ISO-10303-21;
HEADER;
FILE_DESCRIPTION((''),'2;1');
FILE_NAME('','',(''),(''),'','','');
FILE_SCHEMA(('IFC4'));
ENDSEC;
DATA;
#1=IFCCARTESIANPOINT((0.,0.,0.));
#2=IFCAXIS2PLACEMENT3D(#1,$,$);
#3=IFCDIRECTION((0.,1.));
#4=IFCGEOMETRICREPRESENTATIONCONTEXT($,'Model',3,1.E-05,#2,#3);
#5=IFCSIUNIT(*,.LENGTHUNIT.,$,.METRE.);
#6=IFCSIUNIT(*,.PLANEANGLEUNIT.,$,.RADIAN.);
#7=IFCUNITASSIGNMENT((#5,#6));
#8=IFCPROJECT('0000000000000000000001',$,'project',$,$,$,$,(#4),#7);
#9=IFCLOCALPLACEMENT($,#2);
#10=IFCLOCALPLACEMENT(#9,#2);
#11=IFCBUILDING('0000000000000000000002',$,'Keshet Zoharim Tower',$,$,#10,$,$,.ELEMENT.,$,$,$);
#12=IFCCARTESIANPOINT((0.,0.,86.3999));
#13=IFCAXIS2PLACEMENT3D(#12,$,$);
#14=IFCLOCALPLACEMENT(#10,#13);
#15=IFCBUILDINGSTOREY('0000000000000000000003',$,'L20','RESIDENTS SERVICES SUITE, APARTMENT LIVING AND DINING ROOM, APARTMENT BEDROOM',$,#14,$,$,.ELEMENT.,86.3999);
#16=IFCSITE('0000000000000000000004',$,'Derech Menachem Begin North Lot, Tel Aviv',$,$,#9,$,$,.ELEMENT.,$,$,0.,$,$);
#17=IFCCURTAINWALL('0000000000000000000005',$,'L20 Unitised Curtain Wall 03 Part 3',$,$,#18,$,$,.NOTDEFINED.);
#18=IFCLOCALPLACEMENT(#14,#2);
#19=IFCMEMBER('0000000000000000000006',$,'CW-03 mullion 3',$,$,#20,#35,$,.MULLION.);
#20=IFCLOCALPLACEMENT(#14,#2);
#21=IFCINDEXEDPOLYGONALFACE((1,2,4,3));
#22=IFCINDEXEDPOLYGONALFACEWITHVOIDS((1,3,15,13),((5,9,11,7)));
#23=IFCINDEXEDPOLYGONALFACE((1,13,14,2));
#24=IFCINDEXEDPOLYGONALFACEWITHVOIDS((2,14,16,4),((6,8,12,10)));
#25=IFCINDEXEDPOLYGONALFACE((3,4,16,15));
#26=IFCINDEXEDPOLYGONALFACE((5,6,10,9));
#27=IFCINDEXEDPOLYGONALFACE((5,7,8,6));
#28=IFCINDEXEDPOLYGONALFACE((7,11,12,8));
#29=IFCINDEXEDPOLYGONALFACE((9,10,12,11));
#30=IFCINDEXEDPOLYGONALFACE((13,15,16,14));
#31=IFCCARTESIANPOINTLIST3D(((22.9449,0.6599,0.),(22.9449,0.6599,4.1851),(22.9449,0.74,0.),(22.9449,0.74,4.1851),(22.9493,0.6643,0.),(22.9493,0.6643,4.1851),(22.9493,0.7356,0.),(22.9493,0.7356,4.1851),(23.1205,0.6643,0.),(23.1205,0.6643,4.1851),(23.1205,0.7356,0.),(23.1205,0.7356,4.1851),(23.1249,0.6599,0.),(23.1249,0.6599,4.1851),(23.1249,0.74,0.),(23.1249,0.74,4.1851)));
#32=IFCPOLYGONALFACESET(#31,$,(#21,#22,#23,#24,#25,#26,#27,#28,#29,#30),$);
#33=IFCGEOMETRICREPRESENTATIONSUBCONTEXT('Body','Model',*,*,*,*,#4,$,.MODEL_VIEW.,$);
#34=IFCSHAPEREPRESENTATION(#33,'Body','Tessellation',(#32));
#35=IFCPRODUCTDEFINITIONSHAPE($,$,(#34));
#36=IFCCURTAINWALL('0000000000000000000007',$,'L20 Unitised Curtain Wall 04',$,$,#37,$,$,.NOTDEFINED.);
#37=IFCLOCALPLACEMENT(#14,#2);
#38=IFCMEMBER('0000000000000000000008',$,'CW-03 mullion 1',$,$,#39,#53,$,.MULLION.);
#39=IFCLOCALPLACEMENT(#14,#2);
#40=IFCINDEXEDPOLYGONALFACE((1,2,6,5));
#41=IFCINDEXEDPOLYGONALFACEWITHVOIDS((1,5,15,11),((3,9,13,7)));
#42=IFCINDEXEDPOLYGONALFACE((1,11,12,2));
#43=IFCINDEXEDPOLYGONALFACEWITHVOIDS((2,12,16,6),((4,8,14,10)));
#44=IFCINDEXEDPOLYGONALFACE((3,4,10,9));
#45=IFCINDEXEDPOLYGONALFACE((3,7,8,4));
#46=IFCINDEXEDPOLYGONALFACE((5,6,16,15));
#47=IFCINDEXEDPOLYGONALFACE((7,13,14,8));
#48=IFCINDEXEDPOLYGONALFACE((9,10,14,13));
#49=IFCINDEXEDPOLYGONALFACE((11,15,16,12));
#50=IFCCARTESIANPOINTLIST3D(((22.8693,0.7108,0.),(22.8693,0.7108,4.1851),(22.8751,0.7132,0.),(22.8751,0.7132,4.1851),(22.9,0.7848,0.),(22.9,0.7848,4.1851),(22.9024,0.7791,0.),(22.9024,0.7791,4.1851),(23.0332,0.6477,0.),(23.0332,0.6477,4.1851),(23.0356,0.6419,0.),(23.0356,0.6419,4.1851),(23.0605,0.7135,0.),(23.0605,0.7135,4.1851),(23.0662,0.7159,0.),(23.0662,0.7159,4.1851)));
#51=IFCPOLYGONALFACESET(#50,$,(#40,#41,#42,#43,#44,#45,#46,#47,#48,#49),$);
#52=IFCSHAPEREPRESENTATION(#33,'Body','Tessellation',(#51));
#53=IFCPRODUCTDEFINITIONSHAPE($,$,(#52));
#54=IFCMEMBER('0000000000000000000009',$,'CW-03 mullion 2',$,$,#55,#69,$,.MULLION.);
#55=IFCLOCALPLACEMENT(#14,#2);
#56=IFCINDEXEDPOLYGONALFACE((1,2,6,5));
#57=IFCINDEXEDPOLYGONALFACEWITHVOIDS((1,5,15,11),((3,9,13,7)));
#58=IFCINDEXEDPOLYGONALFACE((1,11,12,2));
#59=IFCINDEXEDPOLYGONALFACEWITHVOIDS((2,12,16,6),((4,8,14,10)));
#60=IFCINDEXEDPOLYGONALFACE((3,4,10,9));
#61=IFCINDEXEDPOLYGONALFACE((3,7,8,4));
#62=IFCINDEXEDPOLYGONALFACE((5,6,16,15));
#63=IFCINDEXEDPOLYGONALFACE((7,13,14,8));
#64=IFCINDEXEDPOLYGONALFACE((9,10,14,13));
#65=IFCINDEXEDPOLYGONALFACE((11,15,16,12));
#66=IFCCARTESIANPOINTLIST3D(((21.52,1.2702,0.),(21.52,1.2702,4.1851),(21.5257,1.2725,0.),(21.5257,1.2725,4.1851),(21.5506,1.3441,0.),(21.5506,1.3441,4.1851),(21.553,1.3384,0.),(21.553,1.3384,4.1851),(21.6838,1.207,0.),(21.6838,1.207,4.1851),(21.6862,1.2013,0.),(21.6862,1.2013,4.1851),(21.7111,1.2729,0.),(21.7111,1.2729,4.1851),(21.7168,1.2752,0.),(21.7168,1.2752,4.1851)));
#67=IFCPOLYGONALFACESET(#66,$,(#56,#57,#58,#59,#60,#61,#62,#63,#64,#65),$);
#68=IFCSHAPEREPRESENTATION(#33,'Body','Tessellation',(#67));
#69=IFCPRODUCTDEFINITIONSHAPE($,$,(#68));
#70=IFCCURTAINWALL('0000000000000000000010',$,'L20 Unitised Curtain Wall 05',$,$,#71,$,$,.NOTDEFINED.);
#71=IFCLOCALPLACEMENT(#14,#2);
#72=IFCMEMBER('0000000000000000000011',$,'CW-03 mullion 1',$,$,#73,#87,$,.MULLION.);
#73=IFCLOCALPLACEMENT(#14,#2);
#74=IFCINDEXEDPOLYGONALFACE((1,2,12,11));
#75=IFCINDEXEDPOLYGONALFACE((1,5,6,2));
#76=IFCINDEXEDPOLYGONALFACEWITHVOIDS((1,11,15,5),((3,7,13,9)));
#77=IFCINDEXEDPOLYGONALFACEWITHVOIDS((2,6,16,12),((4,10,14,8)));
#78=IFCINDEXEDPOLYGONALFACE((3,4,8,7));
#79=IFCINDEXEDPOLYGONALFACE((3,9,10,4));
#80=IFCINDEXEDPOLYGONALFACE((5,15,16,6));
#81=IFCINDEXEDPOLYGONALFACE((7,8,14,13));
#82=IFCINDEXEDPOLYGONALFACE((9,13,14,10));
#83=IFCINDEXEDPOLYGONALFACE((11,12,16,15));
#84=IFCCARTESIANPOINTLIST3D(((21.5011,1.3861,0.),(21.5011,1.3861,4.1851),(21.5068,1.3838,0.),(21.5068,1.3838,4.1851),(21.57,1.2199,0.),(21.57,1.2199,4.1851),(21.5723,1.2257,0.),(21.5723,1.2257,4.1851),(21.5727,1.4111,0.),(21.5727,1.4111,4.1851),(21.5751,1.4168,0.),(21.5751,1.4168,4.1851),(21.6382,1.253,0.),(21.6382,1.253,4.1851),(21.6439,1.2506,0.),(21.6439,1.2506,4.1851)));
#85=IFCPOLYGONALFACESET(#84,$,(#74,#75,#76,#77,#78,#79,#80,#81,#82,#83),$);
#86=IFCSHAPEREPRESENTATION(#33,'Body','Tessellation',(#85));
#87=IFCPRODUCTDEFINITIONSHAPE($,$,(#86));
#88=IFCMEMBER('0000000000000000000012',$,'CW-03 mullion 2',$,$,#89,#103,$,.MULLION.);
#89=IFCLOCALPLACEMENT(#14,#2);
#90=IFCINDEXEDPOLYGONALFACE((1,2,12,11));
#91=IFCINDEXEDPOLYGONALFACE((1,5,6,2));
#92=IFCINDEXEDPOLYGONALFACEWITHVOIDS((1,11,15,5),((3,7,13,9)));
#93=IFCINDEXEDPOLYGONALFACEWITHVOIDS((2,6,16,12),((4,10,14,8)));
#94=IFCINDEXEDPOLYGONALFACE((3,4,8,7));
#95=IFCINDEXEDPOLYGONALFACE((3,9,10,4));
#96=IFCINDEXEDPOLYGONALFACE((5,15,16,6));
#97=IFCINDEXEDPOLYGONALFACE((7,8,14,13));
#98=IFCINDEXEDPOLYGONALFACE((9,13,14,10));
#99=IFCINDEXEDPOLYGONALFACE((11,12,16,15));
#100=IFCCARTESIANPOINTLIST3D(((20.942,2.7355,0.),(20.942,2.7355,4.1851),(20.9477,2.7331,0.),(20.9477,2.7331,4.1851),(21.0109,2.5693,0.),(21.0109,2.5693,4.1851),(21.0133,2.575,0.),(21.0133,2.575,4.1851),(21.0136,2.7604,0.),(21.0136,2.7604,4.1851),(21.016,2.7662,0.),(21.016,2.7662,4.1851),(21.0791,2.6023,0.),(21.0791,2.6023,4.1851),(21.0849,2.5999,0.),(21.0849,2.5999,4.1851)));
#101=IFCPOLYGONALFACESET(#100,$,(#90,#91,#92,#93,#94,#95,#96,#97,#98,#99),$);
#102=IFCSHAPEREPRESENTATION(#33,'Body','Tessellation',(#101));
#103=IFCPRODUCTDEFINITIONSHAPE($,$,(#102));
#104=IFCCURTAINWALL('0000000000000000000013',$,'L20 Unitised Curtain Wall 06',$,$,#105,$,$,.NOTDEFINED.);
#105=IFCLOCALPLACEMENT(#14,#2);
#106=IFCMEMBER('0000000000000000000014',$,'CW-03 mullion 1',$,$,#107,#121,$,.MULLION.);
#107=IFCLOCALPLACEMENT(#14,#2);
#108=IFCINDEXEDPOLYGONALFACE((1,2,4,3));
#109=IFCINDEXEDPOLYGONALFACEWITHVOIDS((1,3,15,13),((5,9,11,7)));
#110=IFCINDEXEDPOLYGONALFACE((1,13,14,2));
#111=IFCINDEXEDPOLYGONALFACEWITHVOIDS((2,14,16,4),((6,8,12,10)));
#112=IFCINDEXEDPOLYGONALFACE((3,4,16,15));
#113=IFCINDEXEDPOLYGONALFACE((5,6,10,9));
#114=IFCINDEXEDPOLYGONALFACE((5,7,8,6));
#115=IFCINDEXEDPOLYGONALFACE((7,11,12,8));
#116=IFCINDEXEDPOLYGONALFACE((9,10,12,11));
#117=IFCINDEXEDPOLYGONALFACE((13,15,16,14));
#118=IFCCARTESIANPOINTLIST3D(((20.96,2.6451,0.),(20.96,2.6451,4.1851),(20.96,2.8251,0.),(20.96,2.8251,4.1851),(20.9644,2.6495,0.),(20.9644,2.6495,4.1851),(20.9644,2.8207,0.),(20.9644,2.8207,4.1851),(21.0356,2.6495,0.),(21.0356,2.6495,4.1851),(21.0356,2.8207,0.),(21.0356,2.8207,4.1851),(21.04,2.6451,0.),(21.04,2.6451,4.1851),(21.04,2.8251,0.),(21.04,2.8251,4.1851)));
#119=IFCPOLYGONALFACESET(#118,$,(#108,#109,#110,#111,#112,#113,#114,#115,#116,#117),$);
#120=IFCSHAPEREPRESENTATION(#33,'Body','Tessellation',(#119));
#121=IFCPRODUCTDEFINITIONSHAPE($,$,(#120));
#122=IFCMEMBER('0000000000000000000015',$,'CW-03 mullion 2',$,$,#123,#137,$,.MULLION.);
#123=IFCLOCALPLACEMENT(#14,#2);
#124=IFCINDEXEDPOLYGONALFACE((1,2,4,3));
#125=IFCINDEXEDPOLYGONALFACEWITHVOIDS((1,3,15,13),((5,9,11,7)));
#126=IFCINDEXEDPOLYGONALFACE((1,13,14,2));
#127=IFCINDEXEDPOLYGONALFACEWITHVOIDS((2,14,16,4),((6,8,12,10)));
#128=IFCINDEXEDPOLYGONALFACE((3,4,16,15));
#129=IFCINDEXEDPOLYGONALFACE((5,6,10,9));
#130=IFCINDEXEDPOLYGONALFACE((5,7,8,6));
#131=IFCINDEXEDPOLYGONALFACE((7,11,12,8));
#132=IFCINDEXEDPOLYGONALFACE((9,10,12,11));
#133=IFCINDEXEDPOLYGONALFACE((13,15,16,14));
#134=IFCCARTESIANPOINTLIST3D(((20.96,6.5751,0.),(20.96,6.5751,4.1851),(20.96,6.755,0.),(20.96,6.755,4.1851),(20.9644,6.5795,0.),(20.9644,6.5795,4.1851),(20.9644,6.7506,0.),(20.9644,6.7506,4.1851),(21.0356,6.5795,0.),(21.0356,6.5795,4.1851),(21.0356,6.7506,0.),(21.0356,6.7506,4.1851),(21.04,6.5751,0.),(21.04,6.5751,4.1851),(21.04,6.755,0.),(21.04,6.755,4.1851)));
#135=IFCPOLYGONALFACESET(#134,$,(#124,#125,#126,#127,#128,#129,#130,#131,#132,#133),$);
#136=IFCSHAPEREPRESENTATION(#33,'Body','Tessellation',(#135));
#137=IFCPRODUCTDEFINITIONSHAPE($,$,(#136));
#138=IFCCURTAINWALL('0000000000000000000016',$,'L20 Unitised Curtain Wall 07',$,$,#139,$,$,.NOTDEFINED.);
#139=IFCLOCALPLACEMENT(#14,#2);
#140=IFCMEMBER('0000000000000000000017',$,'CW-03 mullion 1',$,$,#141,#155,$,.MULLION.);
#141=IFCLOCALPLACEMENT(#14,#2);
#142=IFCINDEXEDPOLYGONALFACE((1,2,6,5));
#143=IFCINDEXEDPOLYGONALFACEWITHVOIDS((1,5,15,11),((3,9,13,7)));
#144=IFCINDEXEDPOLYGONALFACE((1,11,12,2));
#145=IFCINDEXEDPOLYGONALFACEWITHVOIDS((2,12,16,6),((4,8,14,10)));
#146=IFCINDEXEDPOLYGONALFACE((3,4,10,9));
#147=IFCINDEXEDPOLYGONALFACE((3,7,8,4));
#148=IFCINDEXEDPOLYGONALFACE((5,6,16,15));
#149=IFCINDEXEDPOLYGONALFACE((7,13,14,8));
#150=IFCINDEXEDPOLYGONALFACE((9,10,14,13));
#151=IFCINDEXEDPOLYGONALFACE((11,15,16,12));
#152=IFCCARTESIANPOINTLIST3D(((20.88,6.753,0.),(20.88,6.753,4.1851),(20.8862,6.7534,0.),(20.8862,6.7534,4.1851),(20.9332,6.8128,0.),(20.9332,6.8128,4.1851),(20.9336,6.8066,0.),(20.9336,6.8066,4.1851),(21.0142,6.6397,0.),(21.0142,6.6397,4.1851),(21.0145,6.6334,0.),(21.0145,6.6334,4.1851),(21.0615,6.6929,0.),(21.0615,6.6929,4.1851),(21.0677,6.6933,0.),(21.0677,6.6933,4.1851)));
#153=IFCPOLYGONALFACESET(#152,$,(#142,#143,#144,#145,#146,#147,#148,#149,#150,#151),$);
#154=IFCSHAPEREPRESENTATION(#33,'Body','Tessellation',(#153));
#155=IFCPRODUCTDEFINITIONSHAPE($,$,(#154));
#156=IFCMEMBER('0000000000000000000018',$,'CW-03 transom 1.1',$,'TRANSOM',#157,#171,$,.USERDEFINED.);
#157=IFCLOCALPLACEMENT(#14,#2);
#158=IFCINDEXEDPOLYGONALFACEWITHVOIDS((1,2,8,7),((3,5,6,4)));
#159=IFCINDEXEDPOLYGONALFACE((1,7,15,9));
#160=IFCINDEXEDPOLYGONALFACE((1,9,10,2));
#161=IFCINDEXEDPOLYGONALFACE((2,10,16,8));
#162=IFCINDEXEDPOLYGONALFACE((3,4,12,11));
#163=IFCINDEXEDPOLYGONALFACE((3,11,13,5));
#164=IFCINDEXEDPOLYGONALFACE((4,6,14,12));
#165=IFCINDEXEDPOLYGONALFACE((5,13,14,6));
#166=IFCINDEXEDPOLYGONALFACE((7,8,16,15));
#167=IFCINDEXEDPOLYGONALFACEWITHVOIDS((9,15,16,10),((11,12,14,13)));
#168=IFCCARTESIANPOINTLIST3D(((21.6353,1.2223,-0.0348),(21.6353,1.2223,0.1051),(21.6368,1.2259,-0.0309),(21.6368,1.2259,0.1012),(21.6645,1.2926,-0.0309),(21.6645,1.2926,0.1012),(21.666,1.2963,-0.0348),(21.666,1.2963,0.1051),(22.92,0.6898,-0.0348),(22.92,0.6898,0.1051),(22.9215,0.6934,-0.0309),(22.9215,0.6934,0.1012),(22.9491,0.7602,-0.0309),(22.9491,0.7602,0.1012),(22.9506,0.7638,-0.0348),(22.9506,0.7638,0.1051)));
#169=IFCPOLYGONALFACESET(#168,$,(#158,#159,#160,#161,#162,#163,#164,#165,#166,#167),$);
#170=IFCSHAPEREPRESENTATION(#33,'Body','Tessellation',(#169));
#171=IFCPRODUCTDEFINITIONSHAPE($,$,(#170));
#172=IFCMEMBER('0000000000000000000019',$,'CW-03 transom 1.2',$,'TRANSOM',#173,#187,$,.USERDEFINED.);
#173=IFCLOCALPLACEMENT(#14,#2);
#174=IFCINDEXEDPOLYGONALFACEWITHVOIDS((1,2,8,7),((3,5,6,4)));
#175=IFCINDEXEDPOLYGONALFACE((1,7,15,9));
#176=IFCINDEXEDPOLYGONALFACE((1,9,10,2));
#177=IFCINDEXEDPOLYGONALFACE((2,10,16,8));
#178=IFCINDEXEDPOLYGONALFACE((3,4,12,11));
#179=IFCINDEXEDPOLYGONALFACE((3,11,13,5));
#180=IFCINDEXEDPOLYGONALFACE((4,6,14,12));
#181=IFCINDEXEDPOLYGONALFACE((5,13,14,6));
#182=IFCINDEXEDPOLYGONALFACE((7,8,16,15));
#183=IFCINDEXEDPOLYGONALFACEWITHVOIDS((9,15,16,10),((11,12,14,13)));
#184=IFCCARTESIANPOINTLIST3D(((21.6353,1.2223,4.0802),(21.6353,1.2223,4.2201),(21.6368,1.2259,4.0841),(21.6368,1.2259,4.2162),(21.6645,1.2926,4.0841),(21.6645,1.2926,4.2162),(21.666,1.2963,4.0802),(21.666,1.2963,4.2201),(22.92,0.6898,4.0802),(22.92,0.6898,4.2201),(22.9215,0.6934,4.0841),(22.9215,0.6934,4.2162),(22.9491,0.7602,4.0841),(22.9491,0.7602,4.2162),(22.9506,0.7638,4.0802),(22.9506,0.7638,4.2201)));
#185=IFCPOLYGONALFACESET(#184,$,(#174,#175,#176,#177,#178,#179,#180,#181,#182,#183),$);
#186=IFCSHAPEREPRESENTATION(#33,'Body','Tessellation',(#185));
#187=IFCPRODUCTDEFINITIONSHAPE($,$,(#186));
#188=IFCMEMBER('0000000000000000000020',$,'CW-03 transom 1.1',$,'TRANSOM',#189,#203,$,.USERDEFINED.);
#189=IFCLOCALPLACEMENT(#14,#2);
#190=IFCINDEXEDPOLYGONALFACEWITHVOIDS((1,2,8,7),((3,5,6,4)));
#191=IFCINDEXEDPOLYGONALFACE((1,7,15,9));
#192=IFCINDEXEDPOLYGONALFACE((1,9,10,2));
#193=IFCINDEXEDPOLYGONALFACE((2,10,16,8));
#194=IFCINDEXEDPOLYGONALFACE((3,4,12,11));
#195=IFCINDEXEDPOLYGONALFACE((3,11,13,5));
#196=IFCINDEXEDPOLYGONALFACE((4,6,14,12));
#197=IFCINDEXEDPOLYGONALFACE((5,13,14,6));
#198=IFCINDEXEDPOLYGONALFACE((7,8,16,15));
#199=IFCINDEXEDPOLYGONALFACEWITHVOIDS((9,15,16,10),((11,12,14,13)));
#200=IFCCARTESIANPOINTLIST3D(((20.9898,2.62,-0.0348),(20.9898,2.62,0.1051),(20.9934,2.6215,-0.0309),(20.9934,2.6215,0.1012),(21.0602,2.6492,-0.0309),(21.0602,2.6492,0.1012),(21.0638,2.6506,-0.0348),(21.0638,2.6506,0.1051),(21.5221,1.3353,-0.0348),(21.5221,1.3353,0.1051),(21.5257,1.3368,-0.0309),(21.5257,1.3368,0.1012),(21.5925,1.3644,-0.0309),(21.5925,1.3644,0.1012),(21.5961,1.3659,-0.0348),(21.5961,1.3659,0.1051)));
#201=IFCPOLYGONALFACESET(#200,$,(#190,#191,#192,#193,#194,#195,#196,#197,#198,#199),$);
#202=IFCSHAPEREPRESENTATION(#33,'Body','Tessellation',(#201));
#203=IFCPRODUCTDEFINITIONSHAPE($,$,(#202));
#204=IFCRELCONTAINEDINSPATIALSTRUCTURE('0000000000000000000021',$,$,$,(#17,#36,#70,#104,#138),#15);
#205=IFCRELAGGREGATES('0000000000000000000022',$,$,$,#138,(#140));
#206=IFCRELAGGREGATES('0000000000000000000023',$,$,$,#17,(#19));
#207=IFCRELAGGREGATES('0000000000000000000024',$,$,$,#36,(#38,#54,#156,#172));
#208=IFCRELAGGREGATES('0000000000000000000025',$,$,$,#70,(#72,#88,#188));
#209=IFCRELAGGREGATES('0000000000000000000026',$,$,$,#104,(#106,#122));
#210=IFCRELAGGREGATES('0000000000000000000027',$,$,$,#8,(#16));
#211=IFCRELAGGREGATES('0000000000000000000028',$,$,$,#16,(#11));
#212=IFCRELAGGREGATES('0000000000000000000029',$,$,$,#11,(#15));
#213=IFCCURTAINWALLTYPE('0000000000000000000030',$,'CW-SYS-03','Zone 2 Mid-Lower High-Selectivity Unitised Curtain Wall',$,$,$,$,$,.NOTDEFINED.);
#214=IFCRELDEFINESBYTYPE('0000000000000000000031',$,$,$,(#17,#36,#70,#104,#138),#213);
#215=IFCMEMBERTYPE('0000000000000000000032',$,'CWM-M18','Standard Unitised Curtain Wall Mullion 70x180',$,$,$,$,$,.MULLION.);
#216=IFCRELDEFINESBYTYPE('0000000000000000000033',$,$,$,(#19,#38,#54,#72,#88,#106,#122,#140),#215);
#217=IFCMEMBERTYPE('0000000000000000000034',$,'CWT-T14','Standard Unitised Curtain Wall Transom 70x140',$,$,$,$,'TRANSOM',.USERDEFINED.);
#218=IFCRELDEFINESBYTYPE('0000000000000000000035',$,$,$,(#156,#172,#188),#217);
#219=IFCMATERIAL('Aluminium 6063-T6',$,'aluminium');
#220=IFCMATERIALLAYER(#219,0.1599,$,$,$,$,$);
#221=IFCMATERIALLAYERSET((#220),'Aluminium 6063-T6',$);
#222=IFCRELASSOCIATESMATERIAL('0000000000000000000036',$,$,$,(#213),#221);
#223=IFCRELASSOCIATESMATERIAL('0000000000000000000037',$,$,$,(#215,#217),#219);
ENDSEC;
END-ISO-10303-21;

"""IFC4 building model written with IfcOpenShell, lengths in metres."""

from ifc_helpers import new_model, si_unit, direction, frame, origin, origin_2d, place, context, subcontext, project, spatial, hollow_rectangle, extrude, material, layer, layer_set, material_profile, profile_set, type_object, element, aggregate, save


model = new_model("IFC4")

# Units and contexts
model_context = context("Model", 3, precision=1e-05, world=origin(), true_north=direction((0.0, 1.0)))
body_context = subcontext(model_context, "Body", "Model", "MODEL_VIEW")
ifc_project = project(units=[si_unit("LENGTHUNIT", "METRE"), si_unit("PLANEANGLEUNIT", "RADIAN")], contexts=[model_context])

# Site, building, storey
site_placement = place(None, origin())
site = spatial("IfcSite", under=ifc_project, at=site_placement, Name="Derech Menachem Begin North Lot, Tel Aviv", CompositionType="ELEMENT", RefElevation=0.0)
building_placement = place(site_placement, origin())
building = spatial("IfcBuilding", under=site, at=building_placement, Name="Keshet Zoharim Tower", CompositionType="ELEMENT")
storey_placement = place(building_placement, frame((0.0, 0.0, 86.3999)))
storey = spatial("IfcBuildingStorey", under=building, at=storey_placement, Name="L20", Description="RESIDENTS SERVICES SUITE, APARTMENT LIVING AND DINING ROOM, APARTMENT BEDROOM", CompositionType="ELEMENT", Elevation=86.3999)

# Curtain wall, member
ifc_material_1 = material(Name="Aluminium 6063-T6", Category="aluminium")
ifc_layer_1 = layer(ifc_material_1, 0.1599)
ifc_layer_set_1 = layer_set([ifc_layer_1], Name="Aluminium 6063-T6")
curtain_wall_type = type_object("IfcCurtainWallType", Name="CW-SYS-03", Description="Zone 2 Mid-Lower High-Selectivity Unitised Curtain Wall", PredefinedType="NOTDEFINED", material=ifc_layer_set_1)
curtain_wall_1_placement = place(storey_placement, origin())
curtain_wall_1 = element("IfcCurtainWall", 1, at=curtain_wall_1_placement, inside=storey, type_object=curtain_wall_type, Name="L20 Unitised Curtain Wall 03 Part 3", PredefinedType="NOTDEFINED")
ifc_material_profile_1 = material_profile(ifc_material_1, hollow_rectangle(XDim=0.0801, YDim=0.1799, WallThickness=0.0044, at=origin_2d()), Name="MUL-80x180")
ifc_profile_set_1 = profile_set([ifc_material_profile_1], Name="Aluminium 6063-T6")
member_type_1 = type_object("IfcMemberType", Name="CWM-M18", Description="Standard Unitised Curtain Wall Mullion 70x180", PredefinedType="MULLION", material=ifc_profile_set_1)
member_1_placement = place(storey_placement, frame((23.0349, 0.7, 0.0), z_axis=(0.0, 0.0, 1.0), x_axis=(0.0, -1.0, 0.0)))
member_1 = element("IfcMember", 2, at=member_1_placement, type_object=member_type_1, Name="CW-03 mullion 3", PredefinedType="MULLION", context=body_context, shape_type="SweptSolid", body=[
    extrude(hollow_rectangle(XDim=0.0801, YDim=0.1799, WallThickness=0.0044, at=origin_2d()), origin(), (0.0, 0.0, 1.0), 4.1851),
])

# Curtain walls, members
curtain_wall_2_placement = place(storey_placement, origin())
curtain_wall_2 = element("IfcCurtainWall", 3, at=curtain_wall_2_placement, inside=storey, type_object=curtain_wall_type, Name="L20 Unitised Curtain Wall 04", PredefinedType="NOTDEFINED")
member_2_placement = place(storey_placement, frame((22.9678, 0.7134, 0.0), z_axis=(0.0, 0.0, 1.0), x_axis=(-0.382852, -0.92381, 0.0)))
member_2 = element("IfcMember", 4, at=member_2_placement, type_object=member_type_1, Name="CW-03 mullion 1", PredefinedType="MULLION", context=body_context, shape_type="SweptSolid", body=[
    extrude(hollow_rectangle(XDim=0.0801, YDim=0.1799, WallThickness=0.0044, at=origin_2d()), origin(), (0.0, 0.0, 1.0), 4.1851),
])
member_3_placement = place(storey_placement, frame((21.6184, 1.2727, 0.0), z_axis=(0.0, 0.0, 1.0), x_axis=(-0.382852, -0.92381, 0.0)))
member_3 = element("IfcMember", 5, at=member_3_placement, type_object=member_type_1, Name="CW-03 mullion 2", PredefinedType="MULLION", context=body_context, shape_type="SweptSolid", body=[
    extrude(hollow_rectangle(XDim=0.0801, YDim=0.1799, WallThickness=0.0044, at=origin_2d()), origin(), (0.0, 0.0, 1.0), 4.1851),
])
curtain_wall_3_placement = place(storey_placement, origin())
curtain_wall_3 = element("IfcCurtainWall", 6, at=curtain_wall_3_placement, inside=storey, type_object=curtain_wall_type, Name="L20 Unitised Curtain Wall 05", PredefinedType="NOTDEFINED")
member_4_placement = place(storey_placement, frame((21.5725, 1.3184, 0.0), z_axis=(0.0, 0.0, 1.0), x_axis=(-0.92381, -0.382852, 0.0)))
member_4 = element("IfcMember", 7, at=member_4_placement, type_object=member_type_1, Name="CW-03 mullion 1", PredefinedType="MULLION", context=body_context, shape_type="SweptSolid", body=[
    extrude(hollow_rectangle(XDim=0.0801, YDim=0.1799, WallThickness=0.0044, at=origin_2d()), origin(), (0.0, 0.0, 1.0), 4.1851),
])
member_5_placement = place(storey_placement, frame((21.0134, 2.6677, 0.0), z_axis=(0.0, 0.0, 1.0), x_axis=(-0.92381, -0.382852, 0.0)))
member_5 = element("IfcMember", 8, at=member_5_placement, type_object=member_type_1, Name="CW-03 mullion 2", PredefinedType="MULLION", context=body_context, shape_type="SweptSolid", body=[
    extrude(hollow_rectangle(XDim=0.0801, YDim=0.1799, WallThickness=0.0044, at=origin_2d()), origin(), (0.0, 0.0, 1.0), 4.1851),
])
curtain_wall_4_placement = place(storey_placement, origin())
curtain_wall_4 = element("IfcCurtainWall", 9, at=curtain_wall_4_placement, inside=storey, type_object=curtain_wall_type, Name="L20 Unitised Curtain Wall 06", PredefinedType="NOTDEFINED")
member_6_placement = place(storey_placement, frame((21.0, 2.7351, 0.0), z_axis=(0.0, 0.0, 1.0), x_axis=(-1.0, 0.0, 0.0)))
member_6 = element("IfcMember", 10, at=member_6_placement, type_object=member_type_1, Name="CW-03 mullion 1", PredefinedType="MULLION", context=body_context, shape_type="SweptSolid", body=[
    extrude(hollow_rectangle(XDim=0.0801, YDim=0.1799, WallThickness=0.0044, at=origin_2d()), origin(), (0.0, 0.0, 1.0), 4.1851),
])
member_7_placement = place(storey_placement, frame((21.0, 6.665, 0.0), z_axis=(0.0, 0.0, 1.0), x_axis=(-1.0, 0.0, 0.0)))
member_7 = element("IfcMember", 11, at=member_7_placement, type_object=member_type_1, Name="CW-03 mullion 2", PredefinedType="MULLION", context=body_context, shape_type="SweptSolid", body=[
    extrude(hollow_rectangle(XDim=0.0801, YDim=0.1799, WallThickness=0.0044, at=origin_2d()), origin(), (0.0, 0.0, 1.0), 4.1851),
])

# Curtain wall, member
curtain_wall_5_placement = place(storey_placement, origin())
curtain_wall_5 = element("IfcCurtainWall", 12, at=curtain_wall_5_placement, inside=storey, type_object=curtain_wall_type, Name="L20 Unitised Curtain Wall 07", PredefinedType="NOTDEFINED")
member_8_placement = place(storey_placement, frame((20.9739, 6.7231, 0.0), z_axis=(0.0, 0.0, 1.0), x_axis=(-0.66436, -0.747412, 0.0)))
member_8 = element("IfcMember", 13, at=member_8_placement, type_object=member_type_1, Name="CW-03 mullion 1", PredefinedType="MULLION", context=body_context, shape_type="SweptSolid", body=[
    extrude(hollow_rectangle(XDim=0.0801, YDim=0.1799, WallThickness=0.0044, at=origin_2d()), origin(), (0.0, 0.0, 1.0), 4.1851),
])

# Members
ifc_material_profile_2 = material_profile(ifc_material_1, hollow_rectangle(XDim=0.0801, YDim=0.1399, WallThickness=0.0039, at=origin_2d()), Name="TRN-80x140")
ifc_profile_set_2 = profile_set([ifc_material_profile_2], Name="Aluminium 6063-T6")
member_type_2 = type_object("IfcMemberType", Name="CWT-T14", Description="Standard Unitised Curtain Wall Transom 70x140", ElementType="TRANSOM", PredefinedType="USERDEFINED", material=ifc_profile_set_2)
member_9_placement = place(storey_placement, frame((22.9353, 0.7268, 0.0352), z_axis=(-0.923792, 0.382894, 0.0), x_axis=(-0.382894, -0.923792, 0.0)))
member_9 = element("IfcMember", 14, at=member_9_placement, type_object=member_type_2, Name="CW-03 transom 1.1", ObjectType="TRANSOM", PredefinedType="USERDEFINED", context=body_context, shape_type="SweptSolid", body=[
    extrude(hollow_rectangle(XDim=0.0801, YDim=0.1399, WallThickness=0.0039, at=origin_2d()), origin(), (0.0, 0.0, 1.0), 1.3906),
])
member_10_placement = place(storey_placement, frame((22.9353, 0.7268, 4.1501), z_axis=(-0.923792, 0.382894, 0.0), x_axis=(-0.382894, -0.923792, 0.0)))
member_10 = element("IfcMember", 15, at=member_10_placement, type_object=member_type_2, Name="CW-03 transom 1.2", ObjectType="TRANSOM", PredefinedType="USERDEFINED", context=body_context, shape_type="SweptSolid", body=[
    extrude(hollow_rectangle(XDim=0.0801, YDim=0.1399, WallThickness=0.0039, at=origin_2d()), origin(), (0.0, 0.0, 1.0), 1.3906),
])
member_11_placement = place(storey_placement, frame((21.5591, 1.3506, 0.0352), z_axis=(-0.382745, 0.923854, 0.0), x_axis=(-0.923854, -0.382745, 0.0)))
member_11 = element("IfcMember", 16, at=member_11_placement, type_object=member_type_2, Name="CW-03 transom 1.1", ObjectType="TRANSOM", PredefinedType="USERDEFINED", context=body_context, shape_type="SweptSolid", body=[
    extrude(hollow_rectangle(XDim=0.0801, YDim=0.1399, WallThickness=0.0039, at=origin_2d()), origin(), (0.0, 0.0, 1.0), 1.3906),
])
aggregate(curtain_wall_5, [member_8])

aggregate(curtain_wall_1, [member_1])
aggregate(curtain_wall_2, [member_2, member_3, member_9, member_10])
aggregate(curtain_wall_3, [member_4, member_5, member_11])
aggregate(curtain_wall_4, [member_6, member_7])

save(model, "model.ifc")
